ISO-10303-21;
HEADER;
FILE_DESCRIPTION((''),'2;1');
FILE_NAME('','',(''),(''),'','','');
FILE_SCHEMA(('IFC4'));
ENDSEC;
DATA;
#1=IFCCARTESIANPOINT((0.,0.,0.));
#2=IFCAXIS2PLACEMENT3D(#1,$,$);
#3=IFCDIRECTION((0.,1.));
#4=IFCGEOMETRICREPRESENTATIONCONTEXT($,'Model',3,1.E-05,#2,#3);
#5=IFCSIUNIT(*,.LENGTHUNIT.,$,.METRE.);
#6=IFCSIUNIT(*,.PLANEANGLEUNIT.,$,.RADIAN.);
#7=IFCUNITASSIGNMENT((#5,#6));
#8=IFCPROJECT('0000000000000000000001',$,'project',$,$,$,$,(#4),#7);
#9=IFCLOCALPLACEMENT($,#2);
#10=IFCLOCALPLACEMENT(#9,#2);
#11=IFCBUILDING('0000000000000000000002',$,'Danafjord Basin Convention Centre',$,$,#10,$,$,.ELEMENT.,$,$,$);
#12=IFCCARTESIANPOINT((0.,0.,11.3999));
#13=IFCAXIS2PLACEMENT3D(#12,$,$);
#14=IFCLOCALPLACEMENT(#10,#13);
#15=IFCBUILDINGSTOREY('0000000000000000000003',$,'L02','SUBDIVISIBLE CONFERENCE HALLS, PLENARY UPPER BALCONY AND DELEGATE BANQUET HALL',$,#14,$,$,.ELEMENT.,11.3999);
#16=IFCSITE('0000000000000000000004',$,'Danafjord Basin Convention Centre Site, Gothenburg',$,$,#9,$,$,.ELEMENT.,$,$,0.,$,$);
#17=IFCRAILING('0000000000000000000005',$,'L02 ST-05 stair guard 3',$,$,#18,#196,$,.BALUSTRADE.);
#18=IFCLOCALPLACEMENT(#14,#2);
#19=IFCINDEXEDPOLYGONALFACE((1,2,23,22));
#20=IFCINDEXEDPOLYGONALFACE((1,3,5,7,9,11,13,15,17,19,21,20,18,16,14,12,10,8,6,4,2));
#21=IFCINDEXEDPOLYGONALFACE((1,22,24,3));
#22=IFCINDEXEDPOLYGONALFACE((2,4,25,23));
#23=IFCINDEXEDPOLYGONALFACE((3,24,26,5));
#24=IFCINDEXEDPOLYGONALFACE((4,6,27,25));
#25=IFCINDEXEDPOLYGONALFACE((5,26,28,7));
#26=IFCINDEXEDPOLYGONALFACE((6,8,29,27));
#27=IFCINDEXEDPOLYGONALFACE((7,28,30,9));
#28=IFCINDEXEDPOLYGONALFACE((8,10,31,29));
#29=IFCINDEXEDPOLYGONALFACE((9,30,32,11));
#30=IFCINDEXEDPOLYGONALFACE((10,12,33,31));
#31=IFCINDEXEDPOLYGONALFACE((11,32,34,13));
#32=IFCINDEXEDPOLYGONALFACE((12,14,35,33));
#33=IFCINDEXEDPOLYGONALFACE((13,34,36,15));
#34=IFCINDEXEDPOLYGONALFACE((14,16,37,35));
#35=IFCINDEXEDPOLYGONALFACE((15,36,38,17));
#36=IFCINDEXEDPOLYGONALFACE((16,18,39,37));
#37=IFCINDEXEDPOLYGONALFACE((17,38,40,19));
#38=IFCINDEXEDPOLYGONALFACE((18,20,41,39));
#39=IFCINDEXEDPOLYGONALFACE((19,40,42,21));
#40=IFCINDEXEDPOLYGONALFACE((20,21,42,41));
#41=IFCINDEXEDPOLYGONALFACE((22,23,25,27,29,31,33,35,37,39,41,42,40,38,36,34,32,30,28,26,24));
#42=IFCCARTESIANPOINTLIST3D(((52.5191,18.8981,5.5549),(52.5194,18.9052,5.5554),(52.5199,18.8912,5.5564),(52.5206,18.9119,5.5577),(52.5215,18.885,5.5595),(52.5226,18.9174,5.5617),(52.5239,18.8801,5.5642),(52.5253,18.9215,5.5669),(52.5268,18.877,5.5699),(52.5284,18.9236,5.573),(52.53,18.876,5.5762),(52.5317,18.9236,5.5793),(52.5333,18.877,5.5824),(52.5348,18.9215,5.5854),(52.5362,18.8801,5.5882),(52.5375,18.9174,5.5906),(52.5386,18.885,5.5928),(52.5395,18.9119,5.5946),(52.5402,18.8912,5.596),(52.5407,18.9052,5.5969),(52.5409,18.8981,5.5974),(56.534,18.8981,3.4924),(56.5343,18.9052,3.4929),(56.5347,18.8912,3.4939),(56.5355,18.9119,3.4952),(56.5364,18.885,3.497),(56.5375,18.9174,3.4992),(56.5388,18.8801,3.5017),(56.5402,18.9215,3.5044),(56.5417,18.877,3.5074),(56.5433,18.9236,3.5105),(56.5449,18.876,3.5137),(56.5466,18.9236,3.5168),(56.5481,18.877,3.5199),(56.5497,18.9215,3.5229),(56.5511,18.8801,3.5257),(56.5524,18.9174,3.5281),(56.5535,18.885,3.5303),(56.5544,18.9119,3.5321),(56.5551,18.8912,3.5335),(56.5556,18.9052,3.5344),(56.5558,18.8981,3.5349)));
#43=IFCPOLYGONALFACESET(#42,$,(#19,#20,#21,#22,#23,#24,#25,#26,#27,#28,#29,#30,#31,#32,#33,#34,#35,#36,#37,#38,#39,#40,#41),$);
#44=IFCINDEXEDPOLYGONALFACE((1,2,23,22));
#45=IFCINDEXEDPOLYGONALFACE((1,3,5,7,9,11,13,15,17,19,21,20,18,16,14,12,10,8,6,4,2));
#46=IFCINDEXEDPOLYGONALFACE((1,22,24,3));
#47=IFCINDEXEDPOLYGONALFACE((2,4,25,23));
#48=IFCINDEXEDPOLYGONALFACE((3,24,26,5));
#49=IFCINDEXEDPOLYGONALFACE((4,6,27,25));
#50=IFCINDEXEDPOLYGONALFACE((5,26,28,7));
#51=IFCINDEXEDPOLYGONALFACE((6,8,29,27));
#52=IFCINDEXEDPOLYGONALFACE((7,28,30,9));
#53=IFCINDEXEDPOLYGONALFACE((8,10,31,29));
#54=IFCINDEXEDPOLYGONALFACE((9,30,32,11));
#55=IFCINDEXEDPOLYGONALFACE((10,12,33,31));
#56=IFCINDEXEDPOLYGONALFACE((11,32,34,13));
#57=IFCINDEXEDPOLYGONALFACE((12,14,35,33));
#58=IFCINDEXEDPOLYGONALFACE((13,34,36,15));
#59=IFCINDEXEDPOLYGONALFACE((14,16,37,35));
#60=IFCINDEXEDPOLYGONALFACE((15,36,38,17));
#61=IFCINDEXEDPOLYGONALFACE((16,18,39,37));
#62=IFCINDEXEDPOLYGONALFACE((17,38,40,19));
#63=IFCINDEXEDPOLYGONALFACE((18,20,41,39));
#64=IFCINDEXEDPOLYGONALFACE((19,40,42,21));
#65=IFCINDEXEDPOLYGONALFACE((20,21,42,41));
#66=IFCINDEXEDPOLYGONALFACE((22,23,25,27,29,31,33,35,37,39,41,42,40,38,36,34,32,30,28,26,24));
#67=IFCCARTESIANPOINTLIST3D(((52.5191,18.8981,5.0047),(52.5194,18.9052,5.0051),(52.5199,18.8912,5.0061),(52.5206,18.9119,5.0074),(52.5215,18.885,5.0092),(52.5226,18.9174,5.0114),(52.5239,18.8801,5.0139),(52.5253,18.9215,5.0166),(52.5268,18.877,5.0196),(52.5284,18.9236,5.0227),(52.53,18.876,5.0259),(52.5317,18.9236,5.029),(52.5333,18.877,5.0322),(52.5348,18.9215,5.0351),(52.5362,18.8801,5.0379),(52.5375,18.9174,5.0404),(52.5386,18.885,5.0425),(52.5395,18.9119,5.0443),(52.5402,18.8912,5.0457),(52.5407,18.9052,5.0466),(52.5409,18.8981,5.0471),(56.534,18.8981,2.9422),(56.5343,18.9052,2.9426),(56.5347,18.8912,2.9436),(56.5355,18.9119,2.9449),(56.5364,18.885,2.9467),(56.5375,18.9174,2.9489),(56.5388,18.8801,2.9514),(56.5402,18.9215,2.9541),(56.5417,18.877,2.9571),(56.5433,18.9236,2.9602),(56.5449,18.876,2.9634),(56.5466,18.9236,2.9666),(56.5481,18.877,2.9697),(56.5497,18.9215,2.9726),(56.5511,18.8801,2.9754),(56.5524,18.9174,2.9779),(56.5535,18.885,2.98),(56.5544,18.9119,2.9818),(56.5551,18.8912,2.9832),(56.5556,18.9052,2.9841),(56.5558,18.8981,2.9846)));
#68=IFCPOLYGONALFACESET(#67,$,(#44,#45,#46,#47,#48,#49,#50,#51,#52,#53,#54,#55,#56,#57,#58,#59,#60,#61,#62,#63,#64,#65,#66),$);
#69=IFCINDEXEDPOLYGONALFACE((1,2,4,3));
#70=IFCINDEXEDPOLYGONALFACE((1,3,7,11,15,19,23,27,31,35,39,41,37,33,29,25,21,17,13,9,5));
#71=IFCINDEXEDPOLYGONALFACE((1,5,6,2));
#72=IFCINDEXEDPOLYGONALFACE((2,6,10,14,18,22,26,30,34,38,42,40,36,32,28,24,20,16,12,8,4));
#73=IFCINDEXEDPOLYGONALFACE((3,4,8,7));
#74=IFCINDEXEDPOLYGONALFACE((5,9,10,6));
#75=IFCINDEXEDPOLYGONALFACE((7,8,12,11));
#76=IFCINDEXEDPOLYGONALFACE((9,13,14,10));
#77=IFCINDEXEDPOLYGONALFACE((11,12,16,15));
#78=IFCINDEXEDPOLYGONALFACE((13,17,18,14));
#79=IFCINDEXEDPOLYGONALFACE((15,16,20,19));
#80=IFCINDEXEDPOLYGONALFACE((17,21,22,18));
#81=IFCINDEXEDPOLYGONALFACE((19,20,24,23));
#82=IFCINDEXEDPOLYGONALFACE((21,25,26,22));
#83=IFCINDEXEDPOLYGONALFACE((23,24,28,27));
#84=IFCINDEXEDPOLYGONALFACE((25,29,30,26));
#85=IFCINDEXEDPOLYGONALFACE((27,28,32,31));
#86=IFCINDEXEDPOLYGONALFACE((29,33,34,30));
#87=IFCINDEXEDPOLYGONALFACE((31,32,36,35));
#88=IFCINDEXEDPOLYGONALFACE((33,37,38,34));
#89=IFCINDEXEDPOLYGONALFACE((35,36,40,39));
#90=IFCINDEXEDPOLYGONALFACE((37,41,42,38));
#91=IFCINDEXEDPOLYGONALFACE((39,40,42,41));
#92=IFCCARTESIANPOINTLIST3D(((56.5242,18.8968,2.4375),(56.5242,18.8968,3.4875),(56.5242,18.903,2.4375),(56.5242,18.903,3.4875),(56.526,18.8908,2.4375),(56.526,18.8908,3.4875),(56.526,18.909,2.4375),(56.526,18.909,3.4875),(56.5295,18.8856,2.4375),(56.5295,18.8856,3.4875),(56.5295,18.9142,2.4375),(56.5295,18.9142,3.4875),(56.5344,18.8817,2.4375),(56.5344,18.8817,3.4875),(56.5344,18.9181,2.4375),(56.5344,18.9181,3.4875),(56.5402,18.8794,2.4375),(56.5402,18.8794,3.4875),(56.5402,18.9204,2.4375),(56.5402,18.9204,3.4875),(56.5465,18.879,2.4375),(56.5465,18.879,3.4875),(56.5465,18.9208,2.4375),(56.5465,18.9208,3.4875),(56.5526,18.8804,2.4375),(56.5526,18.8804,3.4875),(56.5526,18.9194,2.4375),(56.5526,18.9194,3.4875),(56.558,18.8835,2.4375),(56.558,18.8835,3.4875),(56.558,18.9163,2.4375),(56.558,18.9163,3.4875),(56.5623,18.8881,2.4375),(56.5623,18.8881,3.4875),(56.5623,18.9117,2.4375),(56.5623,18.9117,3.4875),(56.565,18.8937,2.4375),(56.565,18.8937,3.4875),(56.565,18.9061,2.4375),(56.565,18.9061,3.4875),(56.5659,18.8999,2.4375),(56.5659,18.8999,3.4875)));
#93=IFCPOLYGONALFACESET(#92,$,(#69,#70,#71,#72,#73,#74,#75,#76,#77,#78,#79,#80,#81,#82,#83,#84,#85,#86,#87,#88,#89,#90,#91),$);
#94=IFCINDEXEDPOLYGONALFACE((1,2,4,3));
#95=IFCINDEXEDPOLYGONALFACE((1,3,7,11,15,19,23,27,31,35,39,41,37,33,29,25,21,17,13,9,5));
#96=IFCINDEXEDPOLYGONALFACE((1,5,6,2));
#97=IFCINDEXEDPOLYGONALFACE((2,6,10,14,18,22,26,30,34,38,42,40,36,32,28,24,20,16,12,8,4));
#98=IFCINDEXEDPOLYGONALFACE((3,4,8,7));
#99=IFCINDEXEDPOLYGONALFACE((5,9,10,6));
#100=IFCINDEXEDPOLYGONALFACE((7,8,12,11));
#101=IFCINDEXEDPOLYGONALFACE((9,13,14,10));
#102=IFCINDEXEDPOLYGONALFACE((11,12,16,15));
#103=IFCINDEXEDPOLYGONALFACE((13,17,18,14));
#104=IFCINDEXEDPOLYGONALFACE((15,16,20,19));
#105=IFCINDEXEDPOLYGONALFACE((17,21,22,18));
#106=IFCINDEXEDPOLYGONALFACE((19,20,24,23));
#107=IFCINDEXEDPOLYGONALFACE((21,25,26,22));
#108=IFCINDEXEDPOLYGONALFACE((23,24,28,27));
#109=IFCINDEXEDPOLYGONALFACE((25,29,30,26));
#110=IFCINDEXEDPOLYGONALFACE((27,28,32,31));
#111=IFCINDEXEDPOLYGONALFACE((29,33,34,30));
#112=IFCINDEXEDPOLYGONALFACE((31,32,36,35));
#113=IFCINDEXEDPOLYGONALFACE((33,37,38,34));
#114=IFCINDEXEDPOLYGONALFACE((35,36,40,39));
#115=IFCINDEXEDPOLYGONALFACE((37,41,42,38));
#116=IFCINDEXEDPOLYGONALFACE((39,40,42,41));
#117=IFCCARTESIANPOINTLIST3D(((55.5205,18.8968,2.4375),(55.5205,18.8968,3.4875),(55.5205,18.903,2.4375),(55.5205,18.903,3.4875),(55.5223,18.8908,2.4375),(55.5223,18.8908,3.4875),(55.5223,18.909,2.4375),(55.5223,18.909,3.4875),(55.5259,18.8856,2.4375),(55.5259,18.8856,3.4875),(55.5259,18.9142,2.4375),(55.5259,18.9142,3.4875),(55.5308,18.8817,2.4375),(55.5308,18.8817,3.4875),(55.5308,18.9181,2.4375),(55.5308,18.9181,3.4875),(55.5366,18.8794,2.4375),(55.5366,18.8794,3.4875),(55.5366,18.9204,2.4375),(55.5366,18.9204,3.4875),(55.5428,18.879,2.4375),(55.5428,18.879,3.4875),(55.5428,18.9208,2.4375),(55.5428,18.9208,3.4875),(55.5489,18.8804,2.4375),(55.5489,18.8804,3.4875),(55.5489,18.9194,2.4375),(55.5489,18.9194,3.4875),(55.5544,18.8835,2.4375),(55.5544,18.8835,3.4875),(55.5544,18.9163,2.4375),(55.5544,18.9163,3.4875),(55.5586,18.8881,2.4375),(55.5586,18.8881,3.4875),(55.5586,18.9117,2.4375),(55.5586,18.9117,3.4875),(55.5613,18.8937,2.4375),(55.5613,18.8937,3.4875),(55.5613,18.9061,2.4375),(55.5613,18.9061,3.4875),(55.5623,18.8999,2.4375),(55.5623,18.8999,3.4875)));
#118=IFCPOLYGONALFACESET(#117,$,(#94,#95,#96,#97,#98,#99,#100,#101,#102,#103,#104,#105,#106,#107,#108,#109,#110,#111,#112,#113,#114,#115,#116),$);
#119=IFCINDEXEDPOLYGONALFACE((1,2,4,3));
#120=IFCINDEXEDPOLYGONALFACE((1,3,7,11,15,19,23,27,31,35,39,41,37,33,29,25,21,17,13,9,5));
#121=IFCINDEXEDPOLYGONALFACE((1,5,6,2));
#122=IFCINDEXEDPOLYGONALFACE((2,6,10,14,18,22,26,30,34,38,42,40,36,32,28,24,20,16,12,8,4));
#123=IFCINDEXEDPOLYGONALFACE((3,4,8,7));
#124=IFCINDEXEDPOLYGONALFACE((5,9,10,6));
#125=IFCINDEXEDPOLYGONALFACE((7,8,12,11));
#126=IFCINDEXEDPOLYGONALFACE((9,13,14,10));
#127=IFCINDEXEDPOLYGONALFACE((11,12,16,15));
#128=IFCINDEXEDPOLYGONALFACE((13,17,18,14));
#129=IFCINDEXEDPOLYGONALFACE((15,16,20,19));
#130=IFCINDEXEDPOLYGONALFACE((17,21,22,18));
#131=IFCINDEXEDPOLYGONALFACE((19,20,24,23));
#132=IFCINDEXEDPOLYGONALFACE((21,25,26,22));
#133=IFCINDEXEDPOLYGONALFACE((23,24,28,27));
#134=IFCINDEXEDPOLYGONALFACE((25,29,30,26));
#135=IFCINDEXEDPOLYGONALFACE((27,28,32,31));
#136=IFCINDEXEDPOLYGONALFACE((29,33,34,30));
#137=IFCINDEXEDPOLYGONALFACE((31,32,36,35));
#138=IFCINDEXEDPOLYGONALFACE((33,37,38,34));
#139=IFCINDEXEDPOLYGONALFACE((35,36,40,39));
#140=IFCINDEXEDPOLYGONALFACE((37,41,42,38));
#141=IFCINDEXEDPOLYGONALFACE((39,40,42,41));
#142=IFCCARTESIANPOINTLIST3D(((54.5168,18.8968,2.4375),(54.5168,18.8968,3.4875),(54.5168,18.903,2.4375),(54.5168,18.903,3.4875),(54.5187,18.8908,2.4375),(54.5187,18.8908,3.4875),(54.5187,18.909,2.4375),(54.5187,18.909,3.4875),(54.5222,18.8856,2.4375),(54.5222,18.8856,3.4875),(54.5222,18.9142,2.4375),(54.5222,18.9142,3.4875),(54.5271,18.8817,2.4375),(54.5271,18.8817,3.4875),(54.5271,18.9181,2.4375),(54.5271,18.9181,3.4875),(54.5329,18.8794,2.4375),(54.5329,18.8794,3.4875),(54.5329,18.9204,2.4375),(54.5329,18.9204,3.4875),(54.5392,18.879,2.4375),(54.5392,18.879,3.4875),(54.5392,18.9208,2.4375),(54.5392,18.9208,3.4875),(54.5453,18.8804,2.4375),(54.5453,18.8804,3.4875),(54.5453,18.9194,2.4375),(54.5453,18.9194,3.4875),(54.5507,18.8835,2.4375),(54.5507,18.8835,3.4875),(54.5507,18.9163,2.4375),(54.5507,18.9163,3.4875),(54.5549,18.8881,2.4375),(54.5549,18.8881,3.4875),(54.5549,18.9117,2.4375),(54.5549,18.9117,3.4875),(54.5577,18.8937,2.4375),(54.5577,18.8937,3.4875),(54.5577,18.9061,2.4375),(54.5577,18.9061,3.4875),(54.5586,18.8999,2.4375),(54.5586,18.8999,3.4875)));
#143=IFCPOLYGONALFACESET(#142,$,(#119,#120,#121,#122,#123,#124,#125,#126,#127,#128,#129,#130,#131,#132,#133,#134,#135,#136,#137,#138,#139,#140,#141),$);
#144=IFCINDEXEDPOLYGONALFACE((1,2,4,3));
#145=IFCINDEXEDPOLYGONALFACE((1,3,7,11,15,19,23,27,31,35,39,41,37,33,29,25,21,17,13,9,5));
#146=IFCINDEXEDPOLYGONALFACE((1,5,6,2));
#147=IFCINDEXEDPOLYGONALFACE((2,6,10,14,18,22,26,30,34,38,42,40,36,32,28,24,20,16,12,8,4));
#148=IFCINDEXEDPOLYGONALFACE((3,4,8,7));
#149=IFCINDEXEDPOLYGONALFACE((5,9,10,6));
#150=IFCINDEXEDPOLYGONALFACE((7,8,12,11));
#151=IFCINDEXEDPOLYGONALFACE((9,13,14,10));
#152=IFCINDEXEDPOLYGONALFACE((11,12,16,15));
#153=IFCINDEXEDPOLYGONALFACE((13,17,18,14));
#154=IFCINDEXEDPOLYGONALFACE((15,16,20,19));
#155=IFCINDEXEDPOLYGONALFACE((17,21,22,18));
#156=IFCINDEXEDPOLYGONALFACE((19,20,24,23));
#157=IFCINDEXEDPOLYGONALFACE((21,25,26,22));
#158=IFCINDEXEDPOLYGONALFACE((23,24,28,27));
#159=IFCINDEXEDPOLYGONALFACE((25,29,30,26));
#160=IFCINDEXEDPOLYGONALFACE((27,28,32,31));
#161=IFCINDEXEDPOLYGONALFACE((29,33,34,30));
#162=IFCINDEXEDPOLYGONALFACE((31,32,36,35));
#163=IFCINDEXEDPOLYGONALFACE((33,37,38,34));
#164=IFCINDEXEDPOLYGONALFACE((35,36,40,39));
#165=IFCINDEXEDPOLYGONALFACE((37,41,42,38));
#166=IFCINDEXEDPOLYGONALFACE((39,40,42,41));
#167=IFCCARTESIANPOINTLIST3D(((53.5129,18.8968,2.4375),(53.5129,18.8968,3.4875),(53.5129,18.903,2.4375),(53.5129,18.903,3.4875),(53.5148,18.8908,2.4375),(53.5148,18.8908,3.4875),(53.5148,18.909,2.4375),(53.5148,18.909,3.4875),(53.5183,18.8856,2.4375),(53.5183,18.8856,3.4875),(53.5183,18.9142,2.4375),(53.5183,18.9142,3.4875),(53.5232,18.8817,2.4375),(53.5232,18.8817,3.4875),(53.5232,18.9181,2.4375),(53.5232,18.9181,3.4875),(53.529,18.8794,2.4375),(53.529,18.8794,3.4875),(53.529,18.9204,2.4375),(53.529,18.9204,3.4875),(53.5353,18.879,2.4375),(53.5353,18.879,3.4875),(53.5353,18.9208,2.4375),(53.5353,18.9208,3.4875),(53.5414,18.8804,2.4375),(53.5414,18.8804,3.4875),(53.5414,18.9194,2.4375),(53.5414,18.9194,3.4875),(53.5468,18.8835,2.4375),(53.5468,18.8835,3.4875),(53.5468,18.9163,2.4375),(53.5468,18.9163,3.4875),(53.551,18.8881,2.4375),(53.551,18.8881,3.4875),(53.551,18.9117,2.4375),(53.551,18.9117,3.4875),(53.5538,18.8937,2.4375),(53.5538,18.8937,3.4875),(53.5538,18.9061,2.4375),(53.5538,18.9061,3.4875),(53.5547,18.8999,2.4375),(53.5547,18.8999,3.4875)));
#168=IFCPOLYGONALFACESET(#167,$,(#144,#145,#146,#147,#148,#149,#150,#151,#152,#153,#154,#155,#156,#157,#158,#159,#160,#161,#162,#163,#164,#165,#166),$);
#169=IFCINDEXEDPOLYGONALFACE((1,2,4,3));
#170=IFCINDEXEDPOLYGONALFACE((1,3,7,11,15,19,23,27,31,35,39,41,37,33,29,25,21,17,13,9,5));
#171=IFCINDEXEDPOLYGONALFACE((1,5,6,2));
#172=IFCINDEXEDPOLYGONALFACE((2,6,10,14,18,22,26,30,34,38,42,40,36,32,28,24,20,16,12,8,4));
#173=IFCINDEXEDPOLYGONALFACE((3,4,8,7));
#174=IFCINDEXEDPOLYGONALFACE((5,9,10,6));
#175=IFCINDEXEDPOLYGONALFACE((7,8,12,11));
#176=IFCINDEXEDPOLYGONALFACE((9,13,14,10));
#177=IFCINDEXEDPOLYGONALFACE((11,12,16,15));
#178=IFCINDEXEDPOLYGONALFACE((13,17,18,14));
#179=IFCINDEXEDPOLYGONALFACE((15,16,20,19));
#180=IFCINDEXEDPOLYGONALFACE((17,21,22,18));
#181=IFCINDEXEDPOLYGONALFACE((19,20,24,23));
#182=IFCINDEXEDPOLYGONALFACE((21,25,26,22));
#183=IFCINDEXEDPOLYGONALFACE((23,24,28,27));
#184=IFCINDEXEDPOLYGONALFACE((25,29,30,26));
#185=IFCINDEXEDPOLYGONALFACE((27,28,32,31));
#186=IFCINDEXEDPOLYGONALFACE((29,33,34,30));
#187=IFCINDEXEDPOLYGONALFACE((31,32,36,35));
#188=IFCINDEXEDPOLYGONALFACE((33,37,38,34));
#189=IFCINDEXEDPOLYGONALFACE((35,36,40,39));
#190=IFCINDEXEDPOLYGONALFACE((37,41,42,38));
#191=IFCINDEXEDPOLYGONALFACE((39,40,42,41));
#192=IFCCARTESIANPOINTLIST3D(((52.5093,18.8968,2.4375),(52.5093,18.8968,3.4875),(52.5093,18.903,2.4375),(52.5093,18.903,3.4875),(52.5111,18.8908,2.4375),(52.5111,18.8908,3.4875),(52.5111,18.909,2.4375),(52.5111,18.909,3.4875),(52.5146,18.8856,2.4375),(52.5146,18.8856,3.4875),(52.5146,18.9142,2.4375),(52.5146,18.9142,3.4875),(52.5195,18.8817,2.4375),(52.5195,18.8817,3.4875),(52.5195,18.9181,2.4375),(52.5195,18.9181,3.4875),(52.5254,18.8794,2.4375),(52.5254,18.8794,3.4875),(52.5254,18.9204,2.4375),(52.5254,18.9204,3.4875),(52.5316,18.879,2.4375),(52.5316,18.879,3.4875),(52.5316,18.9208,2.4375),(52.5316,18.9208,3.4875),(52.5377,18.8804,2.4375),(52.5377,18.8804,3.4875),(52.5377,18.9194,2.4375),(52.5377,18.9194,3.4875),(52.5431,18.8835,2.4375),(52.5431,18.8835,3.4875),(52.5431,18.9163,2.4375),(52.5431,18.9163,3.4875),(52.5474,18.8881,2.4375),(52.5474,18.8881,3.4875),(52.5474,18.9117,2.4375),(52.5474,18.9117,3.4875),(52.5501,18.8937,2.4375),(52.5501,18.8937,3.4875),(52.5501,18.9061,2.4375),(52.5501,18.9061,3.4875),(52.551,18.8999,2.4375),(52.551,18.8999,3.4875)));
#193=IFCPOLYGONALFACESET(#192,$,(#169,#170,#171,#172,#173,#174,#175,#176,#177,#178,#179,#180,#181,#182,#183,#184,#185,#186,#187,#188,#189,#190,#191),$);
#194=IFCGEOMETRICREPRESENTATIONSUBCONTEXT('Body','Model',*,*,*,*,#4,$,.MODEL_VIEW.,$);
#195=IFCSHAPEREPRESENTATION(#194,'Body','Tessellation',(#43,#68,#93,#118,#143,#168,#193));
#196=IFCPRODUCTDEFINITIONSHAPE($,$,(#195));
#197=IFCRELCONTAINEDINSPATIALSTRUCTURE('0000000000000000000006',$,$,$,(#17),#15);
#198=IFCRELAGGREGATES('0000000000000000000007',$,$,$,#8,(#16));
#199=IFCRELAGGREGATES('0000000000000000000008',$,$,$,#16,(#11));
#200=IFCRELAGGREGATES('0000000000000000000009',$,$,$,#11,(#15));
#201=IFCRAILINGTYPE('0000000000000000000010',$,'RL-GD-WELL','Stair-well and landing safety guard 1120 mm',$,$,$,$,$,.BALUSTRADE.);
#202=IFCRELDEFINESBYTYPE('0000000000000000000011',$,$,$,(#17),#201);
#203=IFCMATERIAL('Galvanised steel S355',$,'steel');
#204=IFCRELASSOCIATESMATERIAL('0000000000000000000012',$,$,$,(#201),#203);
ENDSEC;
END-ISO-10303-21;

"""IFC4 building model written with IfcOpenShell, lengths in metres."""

from ifc_helpers import new_model, si_unit, direction, frame, origin, origin_2d, place, context, subcontext, project, spatial, circle, extrude, material, type_object, element, save


model = new_model("IFC4")

# Units and contexts
model_context = context("Model", 3, precision=1e-05, world=origin(), true_north=direction((0.0, 1.0)))
body_context = subcontext(model_context, "Body", "Model", "MODEL_VIEW")
ifc_project = project(units=[si_unit("LENGTHUNIT", "METRE"), si_unit("PLANEANGLEUNIT", "RADIAN")], contexts=[model_context])

# Site, building, storey
site_placement = place(None, origin())
site = spatial("IfcSite", under=ifc_project, at=site_placement, Name="Danafjord Basin Convention Centre Site, Gothenburg", CompositionType="ELEMENT", RefElevation=0.0)
building_placement = place(site_placement, origin())
building = spatial("IfcBuilding", under=site, at=building_placement, Name="Danafjord Basin Convention Centre", CompositionType="ELEMENT")
storey_placement = place(building_placement, frame((0.0, 0.0, 11.3999)))
storey = spatial("IfcBuildingStorey", under=building, at=storey_placement, Name="L02", Description="SUBDIVISIBLE CONFERENCE HALLS, PLENARY UPPER BALCONY AND DELEGATE BANQUET HALL", CompositionType="ELEMENT", Elevation=11.3999)

# Railing
ifc_material_1 = material(Name="Galvanised steel S355", Category="steel")
railing_type_1 = type_object("IfcRailingType", Name="RL-GD-WELL", Description="Stair-well and landing safety guard 1120 mm", PredefinedType="BALUSTRADE", material=ifc_material_1)
railing_1_placement = place(storey_placement, frame((56.5449, 18.8999, 2.4375)))
element("IfcRailing", 1, at=railing_1_placement, inside=storey, type_object=railing_type_1, Name="L02 ST-05 stair guard 3", PredefinedType="BALUSTRADE", context=body_context, shape_type="SweptSolid", body=[
    extrude(circle(Radius=0.0239, at=origin_2d()), frame((0.0, 0.0, 1.0762), z_axis=(-0.889495, 0.0, 0.456945), x_axis=(0.0, -1.0, 0.0)), (0.0, 0.0, 1.0), 4.5137),
    extrude(circle(Radius=0.0239, at=origin_2d()), frame((0.0, 0.0, 0.5259), z_axis=(-0.889495, 0.0, 0.456945), x_axis=(0.0, -1.0, 0.0)), (0.0, 0.0, 1.0), 4.5137),
    extrude(circle(Radius=0.021, at=origin_2d()), origin(), (0.0, 0.0, 1.0), 1.05),
    extrude(circle(Radius=0.021, at=origin_2d()), frame((-1.0037, 0.0, 0.0)), (0.0, 0.0, 1.0), 1.05),
    extrude(circle(Radius=0.021, at=origin_2d()), frame((-2.0073, 0.0, 0.0)), (0.0, 0.0, 1.0), 1.05),
    extrude(circle(Radius=0.021, at=origin_2d()), frame((-3.0112, 0.0, 0.0)), (0.0, 0.0, 1.0), 1.05),
    extrude(circle(Radius=0.021, at=origin_2d()), frame((-4.0149, 0.0, 0.0)), (0.0, 0.0, 1.0), 1.05),
])

save(model, "model.ifc")
